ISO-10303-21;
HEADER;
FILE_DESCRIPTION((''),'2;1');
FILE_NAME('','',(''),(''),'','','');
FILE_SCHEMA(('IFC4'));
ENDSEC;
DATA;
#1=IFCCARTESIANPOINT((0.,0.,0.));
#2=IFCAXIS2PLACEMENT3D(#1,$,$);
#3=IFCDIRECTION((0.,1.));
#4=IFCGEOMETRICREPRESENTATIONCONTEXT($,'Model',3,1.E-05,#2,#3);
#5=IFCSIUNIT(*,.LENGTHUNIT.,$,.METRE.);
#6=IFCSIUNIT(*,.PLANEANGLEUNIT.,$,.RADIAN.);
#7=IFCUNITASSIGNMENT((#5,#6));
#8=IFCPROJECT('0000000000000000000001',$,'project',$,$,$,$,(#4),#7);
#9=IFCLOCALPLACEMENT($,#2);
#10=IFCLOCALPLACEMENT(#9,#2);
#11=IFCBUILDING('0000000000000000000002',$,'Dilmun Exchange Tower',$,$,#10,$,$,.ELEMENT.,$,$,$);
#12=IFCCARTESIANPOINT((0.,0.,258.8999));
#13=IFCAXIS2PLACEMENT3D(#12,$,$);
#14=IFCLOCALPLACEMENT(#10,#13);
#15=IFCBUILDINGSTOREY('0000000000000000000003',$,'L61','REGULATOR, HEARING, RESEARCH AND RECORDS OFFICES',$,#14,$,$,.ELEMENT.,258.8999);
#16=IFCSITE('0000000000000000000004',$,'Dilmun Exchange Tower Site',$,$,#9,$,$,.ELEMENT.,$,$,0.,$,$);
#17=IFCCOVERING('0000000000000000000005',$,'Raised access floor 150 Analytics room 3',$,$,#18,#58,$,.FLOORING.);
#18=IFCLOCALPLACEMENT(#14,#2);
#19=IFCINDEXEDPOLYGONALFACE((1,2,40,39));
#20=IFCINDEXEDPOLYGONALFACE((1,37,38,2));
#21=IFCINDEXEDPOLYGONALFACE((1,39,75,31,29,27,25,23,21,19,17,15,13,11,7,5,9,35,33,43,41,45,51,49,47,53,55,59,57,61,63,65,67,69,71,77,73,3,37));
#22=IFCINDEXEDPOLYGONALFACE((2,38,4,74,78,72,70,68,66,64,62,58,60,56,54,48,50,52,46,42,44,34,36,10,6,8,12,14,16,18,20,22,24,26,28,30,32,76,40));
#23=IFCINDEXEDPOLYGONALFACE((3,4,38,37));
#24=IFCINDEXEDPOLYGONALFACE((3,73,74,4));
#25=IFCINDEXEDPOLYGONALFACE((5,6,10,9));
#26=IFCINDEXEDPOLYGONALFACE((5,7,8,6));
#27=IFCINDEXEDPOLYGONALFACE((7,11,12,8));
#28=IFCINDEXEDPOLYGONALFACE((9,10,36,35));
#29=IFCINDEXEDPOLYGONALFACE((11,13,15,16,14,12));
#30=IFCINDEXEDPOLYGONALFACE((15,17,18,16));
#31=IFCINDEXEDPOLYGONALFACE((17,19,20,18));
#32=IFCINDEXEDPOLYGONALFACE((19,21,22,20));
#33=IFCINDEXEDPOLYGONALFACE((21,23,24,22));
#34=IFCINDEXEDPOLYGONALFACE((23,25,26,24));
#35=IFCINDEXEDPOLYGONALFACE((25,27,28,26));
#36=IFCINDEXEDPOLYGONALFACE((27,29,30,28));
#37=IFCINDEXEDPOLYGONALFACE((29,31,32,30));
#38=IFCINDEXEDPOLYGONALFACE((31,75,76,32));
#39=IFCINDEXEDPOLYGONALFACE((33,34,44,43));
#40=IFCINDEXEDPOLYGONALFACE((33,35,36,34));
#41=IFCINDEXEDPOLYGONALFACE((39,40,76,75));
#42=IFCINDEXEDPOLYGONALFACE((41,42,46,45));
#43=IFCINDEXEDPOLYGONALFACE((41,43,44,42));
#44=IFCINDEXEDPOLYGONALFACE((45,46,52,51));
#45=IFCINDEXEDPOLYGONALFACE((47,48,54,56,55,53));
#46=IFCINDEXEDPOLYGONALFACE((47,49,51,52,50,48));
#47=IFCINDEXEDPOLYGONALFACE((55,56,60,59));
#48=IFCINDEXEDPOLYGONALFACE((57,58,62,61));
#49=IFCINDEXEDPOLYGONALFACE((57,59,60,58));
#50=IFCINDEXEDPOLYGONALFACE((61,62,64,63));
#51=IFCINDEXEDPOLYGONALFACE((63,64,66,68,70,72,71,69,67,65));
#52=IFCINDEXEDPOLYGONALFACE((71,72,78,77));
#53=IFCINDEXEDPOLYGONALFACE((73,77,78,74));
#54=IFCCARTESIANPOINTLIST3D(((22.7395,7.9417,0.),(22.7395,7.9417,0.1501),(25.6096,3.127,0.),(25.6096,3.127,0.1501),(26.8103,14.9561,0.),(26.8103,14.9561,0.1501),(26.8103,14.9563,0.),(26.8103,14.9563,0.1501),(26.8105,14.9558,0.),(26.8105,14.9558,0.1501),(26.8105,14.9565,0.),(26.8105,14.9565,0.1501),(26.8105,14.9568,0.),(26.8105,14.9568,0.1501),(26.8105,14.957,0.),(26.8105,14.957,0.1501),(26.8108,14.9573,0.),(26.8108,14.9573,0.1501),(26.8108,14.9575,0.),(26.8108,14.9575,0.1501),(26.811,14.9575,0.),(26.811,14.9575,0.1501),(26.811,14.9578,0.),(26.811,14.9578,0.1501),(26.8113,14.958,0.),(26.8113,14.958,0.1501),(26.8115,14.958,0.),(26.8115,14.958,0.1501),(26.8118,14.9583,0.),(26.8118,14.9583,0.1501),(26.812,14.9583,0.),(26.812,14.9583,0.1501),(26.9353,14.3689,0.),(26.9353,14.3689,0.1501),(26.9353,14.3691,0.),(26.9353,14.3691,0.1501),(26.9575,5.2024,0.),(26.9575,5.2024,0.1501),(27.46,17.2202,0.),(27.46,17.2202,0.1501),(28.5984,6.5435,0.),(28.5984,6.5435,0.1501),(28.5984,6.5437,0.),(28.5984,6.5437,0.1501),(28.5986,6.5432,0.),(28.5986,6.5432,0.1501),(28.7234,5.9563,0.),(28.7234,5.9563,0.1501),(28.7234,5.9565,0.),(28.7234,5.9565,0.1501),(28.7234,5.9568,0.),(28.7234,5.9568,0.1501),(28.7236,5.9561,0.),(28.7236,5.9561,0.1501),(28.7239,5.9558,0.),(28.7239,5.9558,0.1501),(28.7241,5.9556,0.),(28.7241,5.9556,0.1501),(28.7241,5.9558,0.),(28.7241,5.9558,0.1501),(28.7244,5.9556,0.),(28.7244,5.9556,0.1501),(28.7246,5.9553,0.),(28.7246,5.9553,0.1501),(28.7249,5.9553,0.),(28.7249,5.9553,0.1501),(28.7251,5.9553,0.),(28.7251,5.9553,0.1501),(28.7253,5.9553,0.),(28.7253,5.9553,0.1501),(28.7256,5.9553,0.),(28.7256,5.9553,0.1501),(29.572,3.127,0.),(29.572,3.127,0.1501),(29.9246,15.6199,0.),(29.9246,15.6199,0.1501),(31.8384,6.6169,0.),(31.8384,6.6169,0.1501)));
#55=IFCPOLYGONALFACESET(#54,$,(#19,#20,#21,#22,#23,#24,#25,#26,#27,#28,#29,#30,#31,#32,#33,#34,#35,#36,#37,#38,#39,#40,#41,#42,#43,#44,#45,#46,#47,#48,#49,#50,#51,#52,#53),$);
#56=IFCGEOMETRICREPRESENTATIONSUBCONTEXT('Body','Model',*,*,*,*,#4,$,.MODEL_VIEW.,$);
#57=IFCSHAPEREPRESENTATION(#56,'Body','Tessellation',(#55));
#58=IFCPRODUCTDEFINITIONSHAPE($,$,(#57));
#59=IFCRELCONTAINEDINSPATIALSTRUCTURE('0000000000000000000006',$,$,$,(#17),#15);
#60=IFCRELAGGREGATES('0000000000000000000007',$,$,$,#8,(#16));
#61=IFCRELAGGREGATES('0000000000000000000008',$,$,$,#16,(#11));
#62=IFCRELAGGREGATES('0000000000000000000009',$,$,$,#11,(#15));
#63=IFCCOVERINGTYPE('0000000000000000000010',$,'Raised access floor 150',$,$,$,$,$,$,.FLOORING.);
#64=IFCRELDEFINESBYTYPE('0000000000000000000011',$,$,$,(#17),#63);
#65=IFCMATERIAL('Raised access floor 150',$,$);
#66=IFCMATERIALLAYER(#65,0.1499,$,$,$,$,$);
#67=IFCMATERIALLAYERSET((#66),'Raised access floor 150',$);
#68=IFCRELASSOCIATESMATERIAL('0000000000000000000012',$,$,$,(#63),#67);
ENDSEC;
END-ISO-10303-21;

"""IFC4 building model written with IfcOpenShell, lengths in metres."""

from ifc_helpers import new_model, si_unit, direction, frame, origin, place, context, subcontext, project, spatial, polyline, outline, extrude, material, layer, layer_set, type_object, element, save


model = new_model("IFC4")

# Units and contexts
model_context = context("Model", 3, precision=1e-05, world=origin(), true_north=direction((0.0, 1.0)))
body_context = subcontext(model_context, "Body", "Model", "MODEL_VIEW")
ifc_project = project(units=[si_unit("LENGTHUNIT", "METRE"), si_unit("PLANEANGLEUNIT", "RADIAN")], contexts=[model_context])

# Site, building, storey
site_placement = place(None, origin())
site = spatial("IfcSite", under=ifc_project, at=site_placement, Name="Dilmun Exchange Tower Site", CompositionType="ELEMENT", RefElevation=0.0)
building_placement = place(site_placement, origin())
building = spatial("IfcBuilding", under=site, at=building_placement, Name="Dilmun Exchange Tower", CompositionType="ELEMENT")
storey_placement = place(building_placement, frame((0.0, 0.0, 258.8999)))
storey = spatial("IfcBuildingStorey", under=building, at=storey_placement, Name="L61", Description="REGULATOR, HEARING, RESEARCH AND RECORDS OFFICES", CompositionType="ELEMENT", Elevation=258.8999)

# Covering
ifc_material_1 = material(Name="Raised access floor 150")
ifc_layer_1 = layer(ifc_material_1, 0.1499)
ifc_layer_set_1 = layer_set([ifc_layer_1], Name="Raised access floor 150")
covering_type_1 = type_object("IfcCoveringType", Name="Raised access floor 150", PredefinedType="FLOORING", material=ifc_layer_set_1)
covering_1_placement = place(storey_placement, origin())
element("IfcCovering", 1, at=covering_1_placement, inside=storey, type_object=covering_type_1, Name="Raised access floor 150 Analytics room 3", PredefinedType="FLOORING", context=body_context, shape_type="SweptSolid", body=[
    extrude(outline(polyline([(26.9575, 5.2024), (22.7395, 7.9417), (27.46, 17.2202), (29.9246, 15.6199), (26.812, 14.9583), (26.8118, 14.9583), (26.8115, 14.958), (26.8115, 14.958), (26.8113, 14.958), (26.811, 14.9578), (26.811, 14.9575), (26.8108, 14.9575), (26.8108, 14.9573), (26.8108, 14.9573), (26.8105, 14.957), (26.8105, 14.9568), (26.8105, 14.9565), (26.8103, 14.9563), (26.8103, 14.9563), (26.8103, 14.9561), (26.8105, 14.9558), (26.9353, 14.3691), (26.9353, 14.3691), (26.9353, 14.3689), (28.5984, 6.5437), (28.5984, 6.5435), (28.5986, 6.5432), (28.5986, 6.5432), (28.7234, 5.9568), (28.7234, 5.9568), (28.7234, 5.9565), (28.7234, 5.9563), (28.7236, 5.9561), (28.7236, 5.9561), (28.7239, 5.9558), (28.7241, 5.9558), (28.7241, 5.9556), (28.7244, 5.9556), (28.7246, 5.9553), (28.7246, 5.9553), (28.7249, 5.9553), (28.7251, 5.9553), (28.7253, 5.9553), (28.7256, 5.9553), (28.7256, 5.9553), (31.8384, 6.6169), (29.572, 3.127), (25.6096, 3.127), (26.9575, 5.2024)])), origin(), (0.0, 0.0, 1.0), 0.1501),
])

save(model, "model.ifc")
